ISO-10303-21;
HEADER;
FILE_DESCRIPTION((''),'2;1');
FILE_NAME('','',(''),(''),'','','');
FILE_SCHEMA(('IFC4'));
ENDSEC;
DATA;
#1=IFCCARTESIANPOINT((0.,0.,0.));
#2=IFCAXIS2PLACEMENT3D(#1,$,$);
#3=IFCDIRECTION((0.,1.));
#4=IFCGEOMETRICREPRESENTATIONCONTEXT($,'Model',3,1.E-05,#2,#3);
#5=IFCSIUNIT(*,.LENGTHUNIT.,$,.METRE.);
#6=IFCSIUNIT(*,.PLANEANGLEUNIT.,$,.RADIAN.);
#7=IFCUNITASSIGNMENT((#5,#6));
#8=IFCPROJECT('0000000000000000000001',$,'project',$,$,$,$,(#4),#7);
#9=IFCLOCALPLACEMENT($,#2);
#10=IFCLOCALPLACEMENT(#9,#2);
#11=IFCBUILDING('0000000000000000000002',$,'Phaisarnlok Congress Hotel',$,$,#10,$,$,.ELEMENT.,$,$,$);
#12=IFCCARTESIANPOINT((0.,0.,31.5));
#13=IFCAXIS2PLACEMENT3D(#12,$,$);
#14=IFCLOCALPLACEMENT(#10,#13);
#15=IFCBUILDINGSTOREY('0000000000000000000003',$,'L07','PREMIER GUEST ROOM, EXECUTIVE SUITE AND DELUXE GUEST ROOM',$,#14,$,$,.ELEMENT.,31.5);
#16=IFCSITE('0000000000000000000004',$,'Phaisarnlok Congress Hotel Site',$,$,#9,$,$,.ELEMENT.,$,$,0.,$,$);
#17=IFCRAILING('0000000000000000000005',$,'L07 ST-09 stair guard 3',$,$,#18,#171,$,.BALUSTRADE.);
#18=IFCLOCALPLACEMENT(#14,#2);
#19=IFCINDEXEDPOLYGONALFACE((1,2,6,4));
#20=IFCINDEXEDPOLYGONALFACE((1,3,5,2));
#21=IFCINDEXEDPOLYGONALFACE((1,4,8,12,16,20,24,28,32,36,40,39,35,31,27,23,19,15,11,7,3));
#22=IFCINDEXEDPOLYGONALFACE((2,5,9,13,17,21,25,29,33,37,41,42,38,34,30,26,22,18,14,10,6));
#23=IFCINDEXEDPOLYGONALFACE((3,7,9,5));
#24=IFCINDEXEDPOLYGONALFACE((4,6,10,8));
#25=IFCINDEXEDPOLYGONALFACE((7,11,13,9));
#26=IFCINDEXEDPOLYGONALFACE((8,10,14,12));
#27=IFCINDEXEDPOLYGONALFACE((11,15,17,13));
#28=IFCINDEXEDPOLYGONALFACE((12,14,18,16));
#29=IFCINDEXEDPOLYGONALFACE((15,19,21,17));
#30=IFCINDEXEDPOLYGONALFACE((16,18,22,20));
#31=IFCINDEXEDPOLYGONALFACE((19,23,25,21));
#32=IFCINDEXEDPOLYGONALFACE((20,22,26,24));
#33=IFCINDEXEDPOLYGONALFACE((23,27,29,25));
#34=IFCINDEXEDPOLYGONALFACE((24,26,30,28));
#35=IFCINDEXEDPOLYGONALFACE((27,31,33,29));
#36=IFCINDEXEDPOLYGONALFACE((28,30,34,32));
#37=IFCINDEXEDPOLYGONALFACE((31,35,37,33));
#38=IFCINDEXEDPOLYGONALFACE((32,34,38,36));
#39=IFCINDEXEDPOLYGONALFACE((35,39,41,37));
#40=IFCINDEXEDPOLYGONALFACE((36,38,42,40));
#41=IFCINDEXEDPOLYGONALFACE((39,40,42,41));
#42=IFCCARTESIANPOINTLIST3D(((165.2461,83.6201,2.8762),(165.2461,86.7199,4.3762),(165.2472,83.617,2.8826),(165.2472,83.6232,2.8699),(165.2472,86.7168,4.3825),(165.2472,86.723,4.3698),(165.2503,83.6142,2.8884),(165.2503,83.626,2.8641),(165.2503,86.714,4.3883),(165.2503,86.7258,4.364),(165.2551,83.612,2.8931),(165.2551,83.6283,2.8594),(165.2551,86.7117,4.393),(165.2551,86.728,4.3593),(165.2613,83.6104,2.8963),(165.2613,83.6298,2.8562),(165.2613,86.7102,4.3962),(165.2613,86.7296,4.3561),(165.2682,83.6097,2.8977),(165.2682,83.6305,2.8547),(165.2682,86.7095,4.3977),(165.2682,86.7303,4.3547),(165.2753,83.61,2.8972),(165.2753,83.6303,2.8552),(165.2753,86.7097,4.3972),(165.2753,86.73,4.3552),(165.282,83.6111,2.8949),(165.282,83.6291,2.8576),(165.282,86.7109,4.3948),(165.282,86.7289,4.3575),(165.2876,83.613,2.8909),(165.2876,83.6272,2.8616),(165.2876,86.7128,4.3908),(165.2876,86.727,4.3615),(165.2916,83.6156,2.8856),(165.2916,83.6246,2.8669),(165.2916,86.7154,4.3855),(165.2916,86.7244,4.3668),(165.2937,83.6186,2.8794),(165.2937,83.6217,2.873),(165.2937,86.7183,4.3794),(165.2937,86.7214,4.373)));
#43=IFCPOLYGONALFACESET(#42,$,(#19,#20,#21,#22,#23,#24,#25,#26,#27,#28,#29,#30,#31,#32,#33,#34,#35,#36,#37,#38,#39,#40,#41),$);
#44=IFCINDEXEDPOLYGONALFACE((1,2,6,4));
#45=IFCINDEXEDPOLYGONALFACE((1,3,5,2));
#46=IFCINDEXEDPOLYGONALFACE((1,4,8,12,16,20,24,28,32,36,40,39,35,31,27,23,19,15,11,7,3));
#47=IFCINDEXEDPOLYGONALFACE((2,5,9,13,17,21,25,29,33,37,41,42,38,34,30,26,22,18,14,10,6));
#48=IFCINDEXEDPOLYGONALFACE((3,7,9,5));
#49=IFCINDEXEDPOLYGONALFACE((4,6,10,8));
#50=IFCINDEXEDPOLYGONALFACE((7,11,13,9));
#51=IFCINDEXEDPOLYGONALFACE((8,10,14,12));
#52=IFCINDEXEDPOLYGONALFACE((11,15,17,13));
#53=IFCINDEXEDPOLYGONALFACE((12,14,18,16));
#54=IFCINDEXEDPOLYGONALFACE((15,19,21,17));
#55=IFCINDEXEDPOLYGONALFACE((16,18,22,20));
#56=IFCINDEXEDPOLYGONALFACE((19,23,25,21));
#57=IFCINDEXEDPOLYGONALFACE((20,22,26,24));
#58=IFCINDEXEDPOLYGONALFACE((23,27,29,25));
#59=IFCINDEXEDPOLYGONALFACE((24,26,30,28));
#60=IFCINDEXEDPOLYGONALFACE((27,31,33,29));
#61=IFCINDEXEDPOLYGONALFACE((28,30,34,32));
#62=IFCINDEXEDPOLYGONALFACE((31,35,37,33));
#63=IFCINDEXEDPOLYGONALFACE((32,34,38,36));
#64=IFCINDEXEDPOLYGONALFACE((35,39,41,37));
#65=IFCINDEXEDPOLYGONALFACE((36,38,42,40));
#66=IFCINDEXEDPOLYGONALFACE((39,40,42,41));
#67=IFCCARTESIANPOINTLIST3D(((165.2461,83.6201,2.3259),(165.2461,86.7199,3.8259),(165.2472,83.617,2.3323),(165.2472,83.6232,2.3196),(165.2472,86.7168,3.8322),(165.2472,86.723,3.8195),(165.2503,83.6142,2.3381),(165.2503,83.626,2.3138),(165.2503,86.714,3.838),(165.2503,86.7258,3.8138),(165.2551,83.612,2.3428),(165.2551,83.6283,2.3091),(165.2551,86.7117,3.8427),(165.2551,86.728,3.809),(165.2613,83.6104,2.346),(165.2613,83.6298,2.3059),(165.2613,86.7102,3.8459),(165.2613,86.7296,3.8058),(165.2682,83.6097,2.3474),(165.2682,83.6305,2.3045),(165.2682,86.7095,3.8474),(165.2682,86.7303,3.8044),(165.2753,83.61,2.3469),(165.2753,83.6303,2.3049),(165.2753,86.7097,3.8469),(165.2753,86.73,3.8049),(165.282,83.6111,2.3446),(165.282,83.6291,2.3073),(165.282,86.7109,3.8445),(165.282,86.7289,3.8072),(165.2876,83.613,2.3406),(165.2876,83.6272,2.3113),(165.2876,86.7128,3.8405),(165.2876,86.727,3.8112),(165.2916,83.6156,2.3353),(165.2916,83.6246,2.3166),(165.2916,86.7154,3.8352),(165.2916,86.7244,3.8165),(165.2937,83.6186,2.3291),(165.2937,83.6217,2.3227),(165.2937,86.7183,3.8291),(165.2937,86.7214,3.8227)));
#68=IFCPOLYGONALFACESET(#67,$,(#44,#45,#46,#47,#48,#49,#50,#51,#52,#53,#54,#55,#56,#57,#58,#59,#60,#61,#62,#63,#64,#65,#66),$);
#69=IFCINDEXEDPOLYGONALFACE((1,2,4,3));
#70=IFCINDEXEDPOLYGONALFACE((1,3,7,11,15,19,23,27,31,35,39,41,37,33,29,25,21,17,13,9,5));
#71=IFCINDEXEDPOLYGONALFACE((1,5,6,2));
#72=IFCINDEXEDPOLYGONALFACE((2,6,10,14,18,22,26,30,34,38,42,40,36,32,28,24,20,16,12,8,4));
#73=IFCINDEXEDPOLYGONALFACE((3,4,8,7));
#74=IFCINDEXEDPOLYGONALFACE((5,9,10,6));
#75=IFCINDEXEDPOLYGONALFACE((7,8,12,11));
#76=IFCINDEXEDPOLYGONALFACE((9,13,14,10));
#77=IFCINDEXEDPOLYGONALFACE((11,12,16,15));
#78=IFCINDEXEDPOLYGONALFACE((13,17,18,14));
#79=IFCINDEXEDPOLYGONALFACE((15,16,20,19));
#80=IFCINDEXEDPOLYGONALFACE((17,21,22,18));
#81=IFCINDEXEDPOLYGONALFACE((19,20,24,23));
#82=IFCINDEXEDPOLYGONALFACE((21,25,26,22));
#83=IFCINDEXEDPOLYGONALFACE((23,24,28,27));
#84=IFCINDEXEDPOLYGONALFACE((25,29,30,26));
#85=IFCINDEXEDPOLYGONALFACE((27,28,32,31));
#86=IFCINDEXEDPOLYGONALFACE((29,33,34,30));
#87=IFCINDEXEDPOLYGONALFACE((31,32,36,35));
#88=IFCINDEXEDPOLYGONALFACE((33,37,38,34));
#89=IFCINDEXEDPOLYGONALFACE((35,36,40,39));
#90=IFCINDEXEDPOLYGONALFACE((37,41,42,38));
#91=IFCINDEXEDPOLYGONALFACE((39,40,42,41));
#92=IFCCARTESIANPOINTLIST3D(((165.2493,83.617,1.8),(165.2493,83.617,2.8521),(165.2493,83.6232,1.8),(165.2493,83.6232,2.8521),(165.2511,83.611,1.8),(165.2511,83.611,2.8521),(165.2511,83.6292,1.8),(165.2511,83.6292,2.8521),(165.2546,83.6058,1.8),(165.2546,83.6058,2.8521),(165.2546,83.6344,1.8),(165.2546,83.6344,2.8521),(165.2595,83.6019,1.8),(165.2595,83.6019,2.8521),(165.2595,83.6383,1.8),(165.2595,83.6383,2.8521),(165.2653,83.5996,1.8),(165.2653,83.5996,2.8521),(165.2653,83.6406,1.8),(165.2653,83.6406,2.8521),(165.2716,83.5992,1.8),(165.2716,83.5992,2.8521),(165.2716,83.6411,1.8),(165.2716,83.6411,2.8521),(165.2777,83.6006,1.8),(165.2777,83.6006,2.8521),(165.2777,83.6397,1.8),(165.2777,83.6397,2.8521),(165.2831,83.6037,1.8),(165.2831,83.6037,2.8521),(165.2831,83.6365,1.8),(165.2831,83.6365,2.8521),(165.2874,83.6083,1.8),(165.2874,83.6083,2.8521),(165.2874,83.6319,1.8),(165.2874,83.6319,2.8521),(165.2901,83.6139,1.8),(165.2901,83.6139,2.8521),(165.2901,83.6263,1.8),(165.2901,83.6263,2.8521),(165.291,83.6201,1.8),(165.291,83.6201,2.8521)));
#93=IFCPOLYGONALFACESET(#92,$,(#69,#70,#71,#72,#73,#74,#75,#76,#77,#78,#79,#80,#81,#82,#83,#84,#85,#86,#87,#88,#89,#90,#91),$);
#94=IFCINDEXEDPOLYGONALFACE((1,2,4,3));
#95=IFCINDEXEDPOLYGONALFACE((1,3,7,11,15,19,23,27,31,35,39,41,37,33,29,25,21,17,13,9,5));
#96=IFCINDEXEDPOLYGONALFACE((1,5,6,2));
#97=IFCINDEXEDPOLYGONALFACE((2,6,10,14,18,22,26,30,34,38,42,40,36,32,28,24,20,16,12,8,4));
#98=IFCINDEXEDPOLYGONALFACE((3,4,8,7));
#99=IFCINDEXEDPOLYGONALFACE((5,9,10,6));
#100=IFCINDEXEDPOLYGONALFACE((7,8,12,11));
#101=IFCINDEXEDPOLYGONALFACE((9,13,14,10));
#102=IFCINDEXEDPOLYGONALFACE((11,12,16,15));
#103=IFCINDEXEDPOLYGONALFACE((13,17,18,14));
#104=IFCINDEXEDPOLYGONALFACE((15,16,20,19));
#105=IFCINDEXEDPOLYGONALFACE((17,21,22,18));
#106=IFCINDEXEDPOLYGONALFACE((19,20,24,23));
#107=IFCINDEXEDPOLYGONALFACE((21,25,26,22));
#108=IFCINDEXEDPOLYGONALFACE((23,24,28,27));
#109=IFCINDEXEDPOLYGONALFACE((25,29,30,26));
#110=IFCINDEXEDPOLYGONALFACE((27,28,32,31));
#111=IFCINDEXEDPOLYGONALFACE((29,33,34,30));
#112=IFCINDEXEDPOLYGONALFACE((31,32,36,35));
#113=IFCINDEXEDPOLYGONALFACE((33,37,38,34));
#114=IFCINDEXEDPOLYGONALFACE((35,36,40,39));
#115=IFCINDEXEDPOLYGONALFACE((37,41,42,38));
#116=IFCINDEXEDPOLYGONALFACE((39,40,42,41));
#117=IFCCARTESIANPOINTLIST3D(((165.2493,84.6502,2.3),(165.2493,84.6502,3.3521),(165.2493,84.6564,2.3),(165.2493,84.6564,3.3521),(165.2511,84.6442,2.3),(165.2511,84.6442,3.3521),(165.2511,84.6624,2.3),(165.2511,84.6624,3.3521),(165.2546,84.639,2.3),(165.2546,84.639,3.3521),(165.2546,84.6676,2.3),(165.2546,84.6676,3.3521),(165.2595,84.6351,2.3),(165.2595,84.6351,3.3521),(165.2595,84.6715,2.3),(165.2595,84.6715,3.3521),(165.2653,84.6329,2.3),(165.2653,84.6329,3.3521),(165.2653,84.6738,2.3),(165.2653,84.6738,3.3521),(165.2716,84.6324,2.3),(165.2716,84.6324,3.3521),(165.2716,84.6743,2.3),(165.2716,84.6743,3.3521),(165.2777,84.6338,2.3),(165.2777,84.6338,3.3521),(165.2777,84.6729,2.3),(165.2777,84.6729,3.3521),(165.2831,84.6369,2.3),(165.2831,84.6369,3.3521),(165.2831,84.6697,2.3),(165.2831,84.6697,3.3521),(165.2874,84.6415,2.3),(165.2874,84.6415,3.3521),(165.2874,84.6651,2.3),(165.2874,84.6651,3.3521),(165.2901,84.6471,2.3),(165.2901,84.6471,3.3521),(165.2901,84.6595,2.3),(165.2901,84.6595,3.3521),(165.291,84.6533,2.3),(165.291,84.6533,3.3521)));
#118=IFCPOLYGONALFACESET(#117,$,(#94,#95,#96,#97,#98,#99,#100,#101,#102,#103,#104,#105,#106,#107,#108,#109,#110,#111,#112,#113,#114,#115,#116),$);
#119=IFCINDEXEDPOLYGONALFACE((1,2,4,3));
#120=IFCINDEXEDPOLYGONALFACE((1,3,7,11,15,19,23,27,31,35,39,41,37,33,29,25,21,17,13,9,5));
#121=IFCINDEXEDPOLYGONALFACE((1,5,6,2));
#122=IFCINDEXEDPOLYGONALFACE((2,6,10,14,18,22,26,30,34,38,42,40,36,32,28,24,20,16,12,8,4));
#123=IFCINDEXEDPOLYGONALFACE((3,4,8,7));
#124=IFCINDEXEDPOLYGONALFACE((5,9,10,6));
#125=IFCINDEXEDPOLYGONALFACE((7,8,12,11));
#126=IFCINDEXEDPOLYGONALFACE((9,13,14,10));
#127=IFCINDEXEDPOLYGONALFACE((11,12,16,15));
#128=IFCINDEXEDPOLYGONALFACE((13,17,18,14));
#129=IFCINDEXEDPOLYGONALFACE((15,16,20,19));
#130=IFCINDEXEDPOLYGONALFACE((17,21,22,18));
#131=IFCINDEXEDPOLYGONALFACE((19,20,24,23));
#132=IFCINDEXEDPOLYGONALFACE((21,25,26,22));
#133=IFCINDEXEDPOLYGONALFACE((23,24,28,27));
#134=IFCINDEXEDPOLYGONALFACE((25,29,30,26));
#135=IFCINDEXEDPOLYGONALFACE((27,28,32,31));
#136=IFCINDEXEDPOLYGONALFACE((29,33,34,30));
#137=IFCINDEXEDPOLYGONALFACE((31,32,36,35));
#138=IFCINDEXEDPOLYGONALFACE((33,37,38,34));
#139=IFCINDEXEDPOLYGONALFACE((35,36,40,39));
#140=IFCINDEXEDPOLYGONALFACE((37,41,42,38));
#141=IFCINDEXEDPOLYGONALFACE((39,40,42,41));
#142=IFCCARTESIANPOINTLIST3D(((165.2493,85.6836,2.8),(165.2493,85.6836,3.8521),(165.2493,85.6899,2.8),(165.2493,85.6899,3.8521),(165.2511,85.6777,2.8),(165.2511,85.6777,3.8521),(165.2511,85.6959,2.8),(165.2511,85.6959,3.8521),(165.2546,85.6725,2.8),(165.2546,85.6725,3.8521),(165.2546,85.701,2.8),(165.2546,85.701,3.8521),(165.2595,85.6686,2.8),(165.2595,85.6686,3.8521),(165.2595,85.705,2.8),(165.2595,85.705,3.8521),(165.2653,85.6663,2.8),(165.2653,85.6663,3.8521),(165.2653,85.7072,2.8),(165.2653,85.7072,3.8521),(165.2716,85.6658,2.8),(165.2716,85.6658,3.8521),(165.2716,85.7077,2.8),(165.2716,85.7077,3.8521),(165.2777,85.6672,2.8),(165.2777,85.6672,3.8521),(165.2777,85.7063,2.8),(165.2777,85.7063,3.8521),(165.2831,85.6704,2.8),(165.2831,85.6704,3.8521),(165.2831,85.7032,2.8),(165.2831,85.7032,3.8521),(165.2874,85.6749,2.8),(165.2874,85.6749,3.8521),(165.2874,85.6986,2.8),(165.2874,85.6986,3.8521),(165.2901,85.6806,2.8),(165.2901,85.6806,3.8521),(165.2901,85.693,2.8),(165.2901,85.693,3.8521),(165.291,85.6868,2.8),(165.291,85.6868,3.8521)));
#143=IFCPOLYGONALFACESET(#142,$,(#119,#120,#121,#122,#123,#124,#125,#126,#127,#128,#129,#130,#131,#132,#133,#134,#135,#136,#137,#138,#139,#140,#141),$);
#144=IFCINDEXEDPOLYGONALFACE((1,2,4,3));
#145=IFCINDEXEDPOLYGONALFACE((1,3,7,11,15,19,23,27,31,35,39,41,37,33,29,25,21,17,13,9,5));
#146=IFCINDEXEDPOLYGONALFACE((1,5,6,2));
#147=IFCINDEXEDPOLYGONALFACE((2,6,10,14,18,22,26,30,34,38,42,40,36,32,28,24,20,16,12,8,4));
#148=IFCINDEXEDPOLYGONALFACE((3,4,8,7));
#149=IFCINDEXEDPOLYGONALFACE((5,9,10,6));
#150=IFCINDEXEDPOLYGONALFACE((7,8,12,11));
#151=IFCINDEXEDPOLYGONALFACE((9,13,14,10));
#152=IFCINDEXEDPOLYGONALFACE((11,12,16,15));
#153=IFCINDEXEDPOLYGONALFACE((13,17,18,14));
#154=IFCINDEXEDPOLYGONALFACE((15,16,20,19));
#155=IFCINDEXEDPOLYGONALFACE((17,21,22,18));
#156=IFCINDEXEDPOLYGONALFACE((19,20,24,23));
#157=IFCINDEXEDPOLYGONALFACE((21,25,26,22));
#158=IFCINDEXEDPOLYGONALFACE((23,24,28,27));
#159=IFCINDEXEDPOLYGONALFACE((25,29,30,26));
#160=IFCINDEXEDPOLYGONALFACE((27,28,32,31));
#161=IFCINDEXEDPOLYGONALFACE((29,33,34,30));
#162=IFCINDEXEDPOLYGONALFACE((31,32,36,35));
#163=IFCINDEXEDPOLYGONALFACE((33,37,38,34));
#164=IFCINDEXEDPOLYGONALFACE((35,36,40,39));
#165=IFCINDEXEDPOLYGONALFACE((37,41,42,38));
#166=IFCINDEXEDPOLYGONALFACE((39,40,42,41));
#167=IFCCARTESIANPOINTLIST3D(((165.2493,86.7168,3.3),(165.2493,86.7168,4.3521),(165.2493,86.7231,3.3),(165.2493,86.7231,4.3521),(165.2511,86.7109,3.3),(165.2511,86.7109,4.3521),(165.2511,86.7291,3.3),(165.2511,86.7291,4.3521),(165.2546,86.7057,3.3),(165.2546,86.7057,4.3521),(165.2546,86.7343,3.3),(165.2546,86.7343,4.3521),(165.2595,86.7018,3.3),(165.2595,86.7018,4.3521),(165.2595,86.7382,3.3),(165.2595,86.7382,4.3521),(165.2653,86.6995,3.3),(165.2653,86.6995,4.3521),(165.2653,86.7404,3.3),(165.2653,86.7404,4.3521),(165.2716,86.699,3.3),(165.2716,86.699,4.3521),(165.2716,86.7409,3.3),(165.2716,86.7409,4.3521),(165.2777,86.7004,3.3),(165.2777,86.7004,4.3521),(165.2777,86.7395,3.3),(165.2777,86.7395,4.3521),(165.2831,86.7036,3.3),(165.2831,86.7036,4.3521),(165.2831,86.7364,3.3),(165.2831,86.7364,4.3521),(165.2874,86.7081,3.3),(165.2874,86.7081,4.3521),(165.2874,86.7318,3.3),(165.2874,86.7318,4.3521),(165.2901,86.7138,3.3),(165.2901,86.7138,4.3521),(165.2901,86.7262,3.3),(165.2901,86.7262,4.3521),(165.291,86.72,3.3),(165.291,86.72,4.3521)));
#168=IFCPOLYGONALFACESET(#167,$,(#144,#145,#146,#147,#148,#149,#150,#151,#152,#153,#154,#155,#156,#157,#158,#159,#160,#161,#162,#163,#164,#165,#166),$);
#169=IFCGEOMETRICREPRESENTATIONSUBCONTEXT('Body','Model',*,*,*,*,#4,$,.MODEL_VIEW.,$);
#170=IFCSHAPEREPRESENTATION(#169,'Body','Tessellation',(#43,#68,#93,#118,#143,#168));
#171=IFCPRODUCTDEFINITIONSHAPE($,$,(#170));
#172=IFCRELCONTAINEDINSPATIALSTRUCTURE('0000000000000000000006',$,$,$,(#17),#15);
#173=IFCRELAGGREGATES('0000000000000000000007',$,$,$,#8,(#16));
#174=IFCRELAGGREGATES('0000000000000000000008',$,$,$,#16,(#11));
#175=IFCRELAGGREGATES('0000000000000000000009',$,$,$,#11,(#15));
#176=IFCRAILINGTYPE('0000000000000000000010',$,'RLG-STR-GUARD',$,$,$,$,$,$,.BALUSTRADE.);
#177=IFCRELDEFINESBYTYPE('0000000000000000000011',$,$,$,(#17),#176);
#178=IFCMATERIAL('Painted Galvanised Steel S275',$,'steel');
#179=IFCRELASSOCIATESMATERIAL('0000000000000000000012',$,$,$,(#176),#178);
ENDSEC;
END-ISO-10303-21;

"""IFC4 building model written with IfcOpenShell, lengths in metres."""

from ifc_helpers import new_model, si_unit, direction, frame, origin, origin_2d, place, context, subcontext, project, spatial, circle, extrude, material, type_object, element, save


model = new_model("IFC4")

# Units and contexts
model_context = context("Model", 3, precision=1e-05, world=origin(), true_north=direction((0.0, 1.0)))
body_context = subcontext(model_context, "Body", "Model", "MODEL_VIEW")
ifc_project = project(units=[si_unit("LENGTHUNIT", "METRE"), si_unit("PLANEANGLEUNIT", "RADIAN")], contexts=[model_context])

# Site, building, storey
site_placement = place(None, origin())
site = spatial("IfcSite", under=ifc_project, at=site_placement, Name="Phaisarnlok Congress Hotel Site", CompositionType="ELEMENT", RefElevation=0.0)
building_placement = place(site_placement, origin())
building = spatial("IfcBuilding", under=site, at=building_placement, Name="Phaisarnlok Congress Hotel", CompositionType="ELEMENT")
storey_placement = place(building_placement, frame((0.0, 0.0, 31.5)))
storey = spatial("IfcBuildingStorey", under=building, at=storey_placement, Name="L07", Description="PREMIER GUEST ROOM, EXECUTIVE SUITE AND DELUXE GUEST ROOM", CompositionType="ELEMENT", Elevation=31.5)

# Railing
ifc_material_1 = material(Name="Painted Galvanised Steel S275", Category="steel")
railing_type_1 = type_object("IfcRailingType", Name="RLG-STR-GUARD", PredefinedType="BALUSTRADE", material=ifc_material_1)
railing_1_placement = place(storey_placement, frame((165.27, 83.6201, 1.8)))
element("IfcRailing", 1, at=railing_1_placement, inside=storey, type_object=railing_type_1, Name="L07 ST-09 stair guard 3", PredefinedType="BALUSTRADE", context=body_context, shape_type="SweptSolid", body=[
    extrude(circle(Radius=0.0239, at=origin_2d()), frame((0.0, 0.0, 1.0762), z_axis=(0.0, 0.900151, 0.435578), x_axis=(-1.0, 0.0, 0.0)), (0.0, 0.0, 1.0), 3.4436),
    extrude(circle(Radius=0.0239, at=origin_2d()), frame((0.0, 0.0, 0.5259), z_axis=(0.0, 0.900151, 0.435578), x_axis=(-1.0, 0.0, 0.0)), (0.0, 0.0, 1.0), 3.4436),
    extrude(circle(Radius=0.021, at=origin_2d()), origin(), (0.0, 0.0, 1.0), 1.052),
    extrude(circle(Radius=0.021, at=origin_2d()), frame((0.0, 1.0332, 0.5)), (0.0, 0.0, 1.0), 1.052),
    extrude(circle(Radius=0.021, at=origin_2d()), frame((0.0, 2.0667, 1.0)), (0.0, 0.0, 1.0), 1.052),
    extrude(circle(Radius=0.021, at=origin_2d()), frame((0.0, 3.0999, 1.5)), (0.0, 0.0, 1.0), 1.052),
])

save(model, "model.ifc")
